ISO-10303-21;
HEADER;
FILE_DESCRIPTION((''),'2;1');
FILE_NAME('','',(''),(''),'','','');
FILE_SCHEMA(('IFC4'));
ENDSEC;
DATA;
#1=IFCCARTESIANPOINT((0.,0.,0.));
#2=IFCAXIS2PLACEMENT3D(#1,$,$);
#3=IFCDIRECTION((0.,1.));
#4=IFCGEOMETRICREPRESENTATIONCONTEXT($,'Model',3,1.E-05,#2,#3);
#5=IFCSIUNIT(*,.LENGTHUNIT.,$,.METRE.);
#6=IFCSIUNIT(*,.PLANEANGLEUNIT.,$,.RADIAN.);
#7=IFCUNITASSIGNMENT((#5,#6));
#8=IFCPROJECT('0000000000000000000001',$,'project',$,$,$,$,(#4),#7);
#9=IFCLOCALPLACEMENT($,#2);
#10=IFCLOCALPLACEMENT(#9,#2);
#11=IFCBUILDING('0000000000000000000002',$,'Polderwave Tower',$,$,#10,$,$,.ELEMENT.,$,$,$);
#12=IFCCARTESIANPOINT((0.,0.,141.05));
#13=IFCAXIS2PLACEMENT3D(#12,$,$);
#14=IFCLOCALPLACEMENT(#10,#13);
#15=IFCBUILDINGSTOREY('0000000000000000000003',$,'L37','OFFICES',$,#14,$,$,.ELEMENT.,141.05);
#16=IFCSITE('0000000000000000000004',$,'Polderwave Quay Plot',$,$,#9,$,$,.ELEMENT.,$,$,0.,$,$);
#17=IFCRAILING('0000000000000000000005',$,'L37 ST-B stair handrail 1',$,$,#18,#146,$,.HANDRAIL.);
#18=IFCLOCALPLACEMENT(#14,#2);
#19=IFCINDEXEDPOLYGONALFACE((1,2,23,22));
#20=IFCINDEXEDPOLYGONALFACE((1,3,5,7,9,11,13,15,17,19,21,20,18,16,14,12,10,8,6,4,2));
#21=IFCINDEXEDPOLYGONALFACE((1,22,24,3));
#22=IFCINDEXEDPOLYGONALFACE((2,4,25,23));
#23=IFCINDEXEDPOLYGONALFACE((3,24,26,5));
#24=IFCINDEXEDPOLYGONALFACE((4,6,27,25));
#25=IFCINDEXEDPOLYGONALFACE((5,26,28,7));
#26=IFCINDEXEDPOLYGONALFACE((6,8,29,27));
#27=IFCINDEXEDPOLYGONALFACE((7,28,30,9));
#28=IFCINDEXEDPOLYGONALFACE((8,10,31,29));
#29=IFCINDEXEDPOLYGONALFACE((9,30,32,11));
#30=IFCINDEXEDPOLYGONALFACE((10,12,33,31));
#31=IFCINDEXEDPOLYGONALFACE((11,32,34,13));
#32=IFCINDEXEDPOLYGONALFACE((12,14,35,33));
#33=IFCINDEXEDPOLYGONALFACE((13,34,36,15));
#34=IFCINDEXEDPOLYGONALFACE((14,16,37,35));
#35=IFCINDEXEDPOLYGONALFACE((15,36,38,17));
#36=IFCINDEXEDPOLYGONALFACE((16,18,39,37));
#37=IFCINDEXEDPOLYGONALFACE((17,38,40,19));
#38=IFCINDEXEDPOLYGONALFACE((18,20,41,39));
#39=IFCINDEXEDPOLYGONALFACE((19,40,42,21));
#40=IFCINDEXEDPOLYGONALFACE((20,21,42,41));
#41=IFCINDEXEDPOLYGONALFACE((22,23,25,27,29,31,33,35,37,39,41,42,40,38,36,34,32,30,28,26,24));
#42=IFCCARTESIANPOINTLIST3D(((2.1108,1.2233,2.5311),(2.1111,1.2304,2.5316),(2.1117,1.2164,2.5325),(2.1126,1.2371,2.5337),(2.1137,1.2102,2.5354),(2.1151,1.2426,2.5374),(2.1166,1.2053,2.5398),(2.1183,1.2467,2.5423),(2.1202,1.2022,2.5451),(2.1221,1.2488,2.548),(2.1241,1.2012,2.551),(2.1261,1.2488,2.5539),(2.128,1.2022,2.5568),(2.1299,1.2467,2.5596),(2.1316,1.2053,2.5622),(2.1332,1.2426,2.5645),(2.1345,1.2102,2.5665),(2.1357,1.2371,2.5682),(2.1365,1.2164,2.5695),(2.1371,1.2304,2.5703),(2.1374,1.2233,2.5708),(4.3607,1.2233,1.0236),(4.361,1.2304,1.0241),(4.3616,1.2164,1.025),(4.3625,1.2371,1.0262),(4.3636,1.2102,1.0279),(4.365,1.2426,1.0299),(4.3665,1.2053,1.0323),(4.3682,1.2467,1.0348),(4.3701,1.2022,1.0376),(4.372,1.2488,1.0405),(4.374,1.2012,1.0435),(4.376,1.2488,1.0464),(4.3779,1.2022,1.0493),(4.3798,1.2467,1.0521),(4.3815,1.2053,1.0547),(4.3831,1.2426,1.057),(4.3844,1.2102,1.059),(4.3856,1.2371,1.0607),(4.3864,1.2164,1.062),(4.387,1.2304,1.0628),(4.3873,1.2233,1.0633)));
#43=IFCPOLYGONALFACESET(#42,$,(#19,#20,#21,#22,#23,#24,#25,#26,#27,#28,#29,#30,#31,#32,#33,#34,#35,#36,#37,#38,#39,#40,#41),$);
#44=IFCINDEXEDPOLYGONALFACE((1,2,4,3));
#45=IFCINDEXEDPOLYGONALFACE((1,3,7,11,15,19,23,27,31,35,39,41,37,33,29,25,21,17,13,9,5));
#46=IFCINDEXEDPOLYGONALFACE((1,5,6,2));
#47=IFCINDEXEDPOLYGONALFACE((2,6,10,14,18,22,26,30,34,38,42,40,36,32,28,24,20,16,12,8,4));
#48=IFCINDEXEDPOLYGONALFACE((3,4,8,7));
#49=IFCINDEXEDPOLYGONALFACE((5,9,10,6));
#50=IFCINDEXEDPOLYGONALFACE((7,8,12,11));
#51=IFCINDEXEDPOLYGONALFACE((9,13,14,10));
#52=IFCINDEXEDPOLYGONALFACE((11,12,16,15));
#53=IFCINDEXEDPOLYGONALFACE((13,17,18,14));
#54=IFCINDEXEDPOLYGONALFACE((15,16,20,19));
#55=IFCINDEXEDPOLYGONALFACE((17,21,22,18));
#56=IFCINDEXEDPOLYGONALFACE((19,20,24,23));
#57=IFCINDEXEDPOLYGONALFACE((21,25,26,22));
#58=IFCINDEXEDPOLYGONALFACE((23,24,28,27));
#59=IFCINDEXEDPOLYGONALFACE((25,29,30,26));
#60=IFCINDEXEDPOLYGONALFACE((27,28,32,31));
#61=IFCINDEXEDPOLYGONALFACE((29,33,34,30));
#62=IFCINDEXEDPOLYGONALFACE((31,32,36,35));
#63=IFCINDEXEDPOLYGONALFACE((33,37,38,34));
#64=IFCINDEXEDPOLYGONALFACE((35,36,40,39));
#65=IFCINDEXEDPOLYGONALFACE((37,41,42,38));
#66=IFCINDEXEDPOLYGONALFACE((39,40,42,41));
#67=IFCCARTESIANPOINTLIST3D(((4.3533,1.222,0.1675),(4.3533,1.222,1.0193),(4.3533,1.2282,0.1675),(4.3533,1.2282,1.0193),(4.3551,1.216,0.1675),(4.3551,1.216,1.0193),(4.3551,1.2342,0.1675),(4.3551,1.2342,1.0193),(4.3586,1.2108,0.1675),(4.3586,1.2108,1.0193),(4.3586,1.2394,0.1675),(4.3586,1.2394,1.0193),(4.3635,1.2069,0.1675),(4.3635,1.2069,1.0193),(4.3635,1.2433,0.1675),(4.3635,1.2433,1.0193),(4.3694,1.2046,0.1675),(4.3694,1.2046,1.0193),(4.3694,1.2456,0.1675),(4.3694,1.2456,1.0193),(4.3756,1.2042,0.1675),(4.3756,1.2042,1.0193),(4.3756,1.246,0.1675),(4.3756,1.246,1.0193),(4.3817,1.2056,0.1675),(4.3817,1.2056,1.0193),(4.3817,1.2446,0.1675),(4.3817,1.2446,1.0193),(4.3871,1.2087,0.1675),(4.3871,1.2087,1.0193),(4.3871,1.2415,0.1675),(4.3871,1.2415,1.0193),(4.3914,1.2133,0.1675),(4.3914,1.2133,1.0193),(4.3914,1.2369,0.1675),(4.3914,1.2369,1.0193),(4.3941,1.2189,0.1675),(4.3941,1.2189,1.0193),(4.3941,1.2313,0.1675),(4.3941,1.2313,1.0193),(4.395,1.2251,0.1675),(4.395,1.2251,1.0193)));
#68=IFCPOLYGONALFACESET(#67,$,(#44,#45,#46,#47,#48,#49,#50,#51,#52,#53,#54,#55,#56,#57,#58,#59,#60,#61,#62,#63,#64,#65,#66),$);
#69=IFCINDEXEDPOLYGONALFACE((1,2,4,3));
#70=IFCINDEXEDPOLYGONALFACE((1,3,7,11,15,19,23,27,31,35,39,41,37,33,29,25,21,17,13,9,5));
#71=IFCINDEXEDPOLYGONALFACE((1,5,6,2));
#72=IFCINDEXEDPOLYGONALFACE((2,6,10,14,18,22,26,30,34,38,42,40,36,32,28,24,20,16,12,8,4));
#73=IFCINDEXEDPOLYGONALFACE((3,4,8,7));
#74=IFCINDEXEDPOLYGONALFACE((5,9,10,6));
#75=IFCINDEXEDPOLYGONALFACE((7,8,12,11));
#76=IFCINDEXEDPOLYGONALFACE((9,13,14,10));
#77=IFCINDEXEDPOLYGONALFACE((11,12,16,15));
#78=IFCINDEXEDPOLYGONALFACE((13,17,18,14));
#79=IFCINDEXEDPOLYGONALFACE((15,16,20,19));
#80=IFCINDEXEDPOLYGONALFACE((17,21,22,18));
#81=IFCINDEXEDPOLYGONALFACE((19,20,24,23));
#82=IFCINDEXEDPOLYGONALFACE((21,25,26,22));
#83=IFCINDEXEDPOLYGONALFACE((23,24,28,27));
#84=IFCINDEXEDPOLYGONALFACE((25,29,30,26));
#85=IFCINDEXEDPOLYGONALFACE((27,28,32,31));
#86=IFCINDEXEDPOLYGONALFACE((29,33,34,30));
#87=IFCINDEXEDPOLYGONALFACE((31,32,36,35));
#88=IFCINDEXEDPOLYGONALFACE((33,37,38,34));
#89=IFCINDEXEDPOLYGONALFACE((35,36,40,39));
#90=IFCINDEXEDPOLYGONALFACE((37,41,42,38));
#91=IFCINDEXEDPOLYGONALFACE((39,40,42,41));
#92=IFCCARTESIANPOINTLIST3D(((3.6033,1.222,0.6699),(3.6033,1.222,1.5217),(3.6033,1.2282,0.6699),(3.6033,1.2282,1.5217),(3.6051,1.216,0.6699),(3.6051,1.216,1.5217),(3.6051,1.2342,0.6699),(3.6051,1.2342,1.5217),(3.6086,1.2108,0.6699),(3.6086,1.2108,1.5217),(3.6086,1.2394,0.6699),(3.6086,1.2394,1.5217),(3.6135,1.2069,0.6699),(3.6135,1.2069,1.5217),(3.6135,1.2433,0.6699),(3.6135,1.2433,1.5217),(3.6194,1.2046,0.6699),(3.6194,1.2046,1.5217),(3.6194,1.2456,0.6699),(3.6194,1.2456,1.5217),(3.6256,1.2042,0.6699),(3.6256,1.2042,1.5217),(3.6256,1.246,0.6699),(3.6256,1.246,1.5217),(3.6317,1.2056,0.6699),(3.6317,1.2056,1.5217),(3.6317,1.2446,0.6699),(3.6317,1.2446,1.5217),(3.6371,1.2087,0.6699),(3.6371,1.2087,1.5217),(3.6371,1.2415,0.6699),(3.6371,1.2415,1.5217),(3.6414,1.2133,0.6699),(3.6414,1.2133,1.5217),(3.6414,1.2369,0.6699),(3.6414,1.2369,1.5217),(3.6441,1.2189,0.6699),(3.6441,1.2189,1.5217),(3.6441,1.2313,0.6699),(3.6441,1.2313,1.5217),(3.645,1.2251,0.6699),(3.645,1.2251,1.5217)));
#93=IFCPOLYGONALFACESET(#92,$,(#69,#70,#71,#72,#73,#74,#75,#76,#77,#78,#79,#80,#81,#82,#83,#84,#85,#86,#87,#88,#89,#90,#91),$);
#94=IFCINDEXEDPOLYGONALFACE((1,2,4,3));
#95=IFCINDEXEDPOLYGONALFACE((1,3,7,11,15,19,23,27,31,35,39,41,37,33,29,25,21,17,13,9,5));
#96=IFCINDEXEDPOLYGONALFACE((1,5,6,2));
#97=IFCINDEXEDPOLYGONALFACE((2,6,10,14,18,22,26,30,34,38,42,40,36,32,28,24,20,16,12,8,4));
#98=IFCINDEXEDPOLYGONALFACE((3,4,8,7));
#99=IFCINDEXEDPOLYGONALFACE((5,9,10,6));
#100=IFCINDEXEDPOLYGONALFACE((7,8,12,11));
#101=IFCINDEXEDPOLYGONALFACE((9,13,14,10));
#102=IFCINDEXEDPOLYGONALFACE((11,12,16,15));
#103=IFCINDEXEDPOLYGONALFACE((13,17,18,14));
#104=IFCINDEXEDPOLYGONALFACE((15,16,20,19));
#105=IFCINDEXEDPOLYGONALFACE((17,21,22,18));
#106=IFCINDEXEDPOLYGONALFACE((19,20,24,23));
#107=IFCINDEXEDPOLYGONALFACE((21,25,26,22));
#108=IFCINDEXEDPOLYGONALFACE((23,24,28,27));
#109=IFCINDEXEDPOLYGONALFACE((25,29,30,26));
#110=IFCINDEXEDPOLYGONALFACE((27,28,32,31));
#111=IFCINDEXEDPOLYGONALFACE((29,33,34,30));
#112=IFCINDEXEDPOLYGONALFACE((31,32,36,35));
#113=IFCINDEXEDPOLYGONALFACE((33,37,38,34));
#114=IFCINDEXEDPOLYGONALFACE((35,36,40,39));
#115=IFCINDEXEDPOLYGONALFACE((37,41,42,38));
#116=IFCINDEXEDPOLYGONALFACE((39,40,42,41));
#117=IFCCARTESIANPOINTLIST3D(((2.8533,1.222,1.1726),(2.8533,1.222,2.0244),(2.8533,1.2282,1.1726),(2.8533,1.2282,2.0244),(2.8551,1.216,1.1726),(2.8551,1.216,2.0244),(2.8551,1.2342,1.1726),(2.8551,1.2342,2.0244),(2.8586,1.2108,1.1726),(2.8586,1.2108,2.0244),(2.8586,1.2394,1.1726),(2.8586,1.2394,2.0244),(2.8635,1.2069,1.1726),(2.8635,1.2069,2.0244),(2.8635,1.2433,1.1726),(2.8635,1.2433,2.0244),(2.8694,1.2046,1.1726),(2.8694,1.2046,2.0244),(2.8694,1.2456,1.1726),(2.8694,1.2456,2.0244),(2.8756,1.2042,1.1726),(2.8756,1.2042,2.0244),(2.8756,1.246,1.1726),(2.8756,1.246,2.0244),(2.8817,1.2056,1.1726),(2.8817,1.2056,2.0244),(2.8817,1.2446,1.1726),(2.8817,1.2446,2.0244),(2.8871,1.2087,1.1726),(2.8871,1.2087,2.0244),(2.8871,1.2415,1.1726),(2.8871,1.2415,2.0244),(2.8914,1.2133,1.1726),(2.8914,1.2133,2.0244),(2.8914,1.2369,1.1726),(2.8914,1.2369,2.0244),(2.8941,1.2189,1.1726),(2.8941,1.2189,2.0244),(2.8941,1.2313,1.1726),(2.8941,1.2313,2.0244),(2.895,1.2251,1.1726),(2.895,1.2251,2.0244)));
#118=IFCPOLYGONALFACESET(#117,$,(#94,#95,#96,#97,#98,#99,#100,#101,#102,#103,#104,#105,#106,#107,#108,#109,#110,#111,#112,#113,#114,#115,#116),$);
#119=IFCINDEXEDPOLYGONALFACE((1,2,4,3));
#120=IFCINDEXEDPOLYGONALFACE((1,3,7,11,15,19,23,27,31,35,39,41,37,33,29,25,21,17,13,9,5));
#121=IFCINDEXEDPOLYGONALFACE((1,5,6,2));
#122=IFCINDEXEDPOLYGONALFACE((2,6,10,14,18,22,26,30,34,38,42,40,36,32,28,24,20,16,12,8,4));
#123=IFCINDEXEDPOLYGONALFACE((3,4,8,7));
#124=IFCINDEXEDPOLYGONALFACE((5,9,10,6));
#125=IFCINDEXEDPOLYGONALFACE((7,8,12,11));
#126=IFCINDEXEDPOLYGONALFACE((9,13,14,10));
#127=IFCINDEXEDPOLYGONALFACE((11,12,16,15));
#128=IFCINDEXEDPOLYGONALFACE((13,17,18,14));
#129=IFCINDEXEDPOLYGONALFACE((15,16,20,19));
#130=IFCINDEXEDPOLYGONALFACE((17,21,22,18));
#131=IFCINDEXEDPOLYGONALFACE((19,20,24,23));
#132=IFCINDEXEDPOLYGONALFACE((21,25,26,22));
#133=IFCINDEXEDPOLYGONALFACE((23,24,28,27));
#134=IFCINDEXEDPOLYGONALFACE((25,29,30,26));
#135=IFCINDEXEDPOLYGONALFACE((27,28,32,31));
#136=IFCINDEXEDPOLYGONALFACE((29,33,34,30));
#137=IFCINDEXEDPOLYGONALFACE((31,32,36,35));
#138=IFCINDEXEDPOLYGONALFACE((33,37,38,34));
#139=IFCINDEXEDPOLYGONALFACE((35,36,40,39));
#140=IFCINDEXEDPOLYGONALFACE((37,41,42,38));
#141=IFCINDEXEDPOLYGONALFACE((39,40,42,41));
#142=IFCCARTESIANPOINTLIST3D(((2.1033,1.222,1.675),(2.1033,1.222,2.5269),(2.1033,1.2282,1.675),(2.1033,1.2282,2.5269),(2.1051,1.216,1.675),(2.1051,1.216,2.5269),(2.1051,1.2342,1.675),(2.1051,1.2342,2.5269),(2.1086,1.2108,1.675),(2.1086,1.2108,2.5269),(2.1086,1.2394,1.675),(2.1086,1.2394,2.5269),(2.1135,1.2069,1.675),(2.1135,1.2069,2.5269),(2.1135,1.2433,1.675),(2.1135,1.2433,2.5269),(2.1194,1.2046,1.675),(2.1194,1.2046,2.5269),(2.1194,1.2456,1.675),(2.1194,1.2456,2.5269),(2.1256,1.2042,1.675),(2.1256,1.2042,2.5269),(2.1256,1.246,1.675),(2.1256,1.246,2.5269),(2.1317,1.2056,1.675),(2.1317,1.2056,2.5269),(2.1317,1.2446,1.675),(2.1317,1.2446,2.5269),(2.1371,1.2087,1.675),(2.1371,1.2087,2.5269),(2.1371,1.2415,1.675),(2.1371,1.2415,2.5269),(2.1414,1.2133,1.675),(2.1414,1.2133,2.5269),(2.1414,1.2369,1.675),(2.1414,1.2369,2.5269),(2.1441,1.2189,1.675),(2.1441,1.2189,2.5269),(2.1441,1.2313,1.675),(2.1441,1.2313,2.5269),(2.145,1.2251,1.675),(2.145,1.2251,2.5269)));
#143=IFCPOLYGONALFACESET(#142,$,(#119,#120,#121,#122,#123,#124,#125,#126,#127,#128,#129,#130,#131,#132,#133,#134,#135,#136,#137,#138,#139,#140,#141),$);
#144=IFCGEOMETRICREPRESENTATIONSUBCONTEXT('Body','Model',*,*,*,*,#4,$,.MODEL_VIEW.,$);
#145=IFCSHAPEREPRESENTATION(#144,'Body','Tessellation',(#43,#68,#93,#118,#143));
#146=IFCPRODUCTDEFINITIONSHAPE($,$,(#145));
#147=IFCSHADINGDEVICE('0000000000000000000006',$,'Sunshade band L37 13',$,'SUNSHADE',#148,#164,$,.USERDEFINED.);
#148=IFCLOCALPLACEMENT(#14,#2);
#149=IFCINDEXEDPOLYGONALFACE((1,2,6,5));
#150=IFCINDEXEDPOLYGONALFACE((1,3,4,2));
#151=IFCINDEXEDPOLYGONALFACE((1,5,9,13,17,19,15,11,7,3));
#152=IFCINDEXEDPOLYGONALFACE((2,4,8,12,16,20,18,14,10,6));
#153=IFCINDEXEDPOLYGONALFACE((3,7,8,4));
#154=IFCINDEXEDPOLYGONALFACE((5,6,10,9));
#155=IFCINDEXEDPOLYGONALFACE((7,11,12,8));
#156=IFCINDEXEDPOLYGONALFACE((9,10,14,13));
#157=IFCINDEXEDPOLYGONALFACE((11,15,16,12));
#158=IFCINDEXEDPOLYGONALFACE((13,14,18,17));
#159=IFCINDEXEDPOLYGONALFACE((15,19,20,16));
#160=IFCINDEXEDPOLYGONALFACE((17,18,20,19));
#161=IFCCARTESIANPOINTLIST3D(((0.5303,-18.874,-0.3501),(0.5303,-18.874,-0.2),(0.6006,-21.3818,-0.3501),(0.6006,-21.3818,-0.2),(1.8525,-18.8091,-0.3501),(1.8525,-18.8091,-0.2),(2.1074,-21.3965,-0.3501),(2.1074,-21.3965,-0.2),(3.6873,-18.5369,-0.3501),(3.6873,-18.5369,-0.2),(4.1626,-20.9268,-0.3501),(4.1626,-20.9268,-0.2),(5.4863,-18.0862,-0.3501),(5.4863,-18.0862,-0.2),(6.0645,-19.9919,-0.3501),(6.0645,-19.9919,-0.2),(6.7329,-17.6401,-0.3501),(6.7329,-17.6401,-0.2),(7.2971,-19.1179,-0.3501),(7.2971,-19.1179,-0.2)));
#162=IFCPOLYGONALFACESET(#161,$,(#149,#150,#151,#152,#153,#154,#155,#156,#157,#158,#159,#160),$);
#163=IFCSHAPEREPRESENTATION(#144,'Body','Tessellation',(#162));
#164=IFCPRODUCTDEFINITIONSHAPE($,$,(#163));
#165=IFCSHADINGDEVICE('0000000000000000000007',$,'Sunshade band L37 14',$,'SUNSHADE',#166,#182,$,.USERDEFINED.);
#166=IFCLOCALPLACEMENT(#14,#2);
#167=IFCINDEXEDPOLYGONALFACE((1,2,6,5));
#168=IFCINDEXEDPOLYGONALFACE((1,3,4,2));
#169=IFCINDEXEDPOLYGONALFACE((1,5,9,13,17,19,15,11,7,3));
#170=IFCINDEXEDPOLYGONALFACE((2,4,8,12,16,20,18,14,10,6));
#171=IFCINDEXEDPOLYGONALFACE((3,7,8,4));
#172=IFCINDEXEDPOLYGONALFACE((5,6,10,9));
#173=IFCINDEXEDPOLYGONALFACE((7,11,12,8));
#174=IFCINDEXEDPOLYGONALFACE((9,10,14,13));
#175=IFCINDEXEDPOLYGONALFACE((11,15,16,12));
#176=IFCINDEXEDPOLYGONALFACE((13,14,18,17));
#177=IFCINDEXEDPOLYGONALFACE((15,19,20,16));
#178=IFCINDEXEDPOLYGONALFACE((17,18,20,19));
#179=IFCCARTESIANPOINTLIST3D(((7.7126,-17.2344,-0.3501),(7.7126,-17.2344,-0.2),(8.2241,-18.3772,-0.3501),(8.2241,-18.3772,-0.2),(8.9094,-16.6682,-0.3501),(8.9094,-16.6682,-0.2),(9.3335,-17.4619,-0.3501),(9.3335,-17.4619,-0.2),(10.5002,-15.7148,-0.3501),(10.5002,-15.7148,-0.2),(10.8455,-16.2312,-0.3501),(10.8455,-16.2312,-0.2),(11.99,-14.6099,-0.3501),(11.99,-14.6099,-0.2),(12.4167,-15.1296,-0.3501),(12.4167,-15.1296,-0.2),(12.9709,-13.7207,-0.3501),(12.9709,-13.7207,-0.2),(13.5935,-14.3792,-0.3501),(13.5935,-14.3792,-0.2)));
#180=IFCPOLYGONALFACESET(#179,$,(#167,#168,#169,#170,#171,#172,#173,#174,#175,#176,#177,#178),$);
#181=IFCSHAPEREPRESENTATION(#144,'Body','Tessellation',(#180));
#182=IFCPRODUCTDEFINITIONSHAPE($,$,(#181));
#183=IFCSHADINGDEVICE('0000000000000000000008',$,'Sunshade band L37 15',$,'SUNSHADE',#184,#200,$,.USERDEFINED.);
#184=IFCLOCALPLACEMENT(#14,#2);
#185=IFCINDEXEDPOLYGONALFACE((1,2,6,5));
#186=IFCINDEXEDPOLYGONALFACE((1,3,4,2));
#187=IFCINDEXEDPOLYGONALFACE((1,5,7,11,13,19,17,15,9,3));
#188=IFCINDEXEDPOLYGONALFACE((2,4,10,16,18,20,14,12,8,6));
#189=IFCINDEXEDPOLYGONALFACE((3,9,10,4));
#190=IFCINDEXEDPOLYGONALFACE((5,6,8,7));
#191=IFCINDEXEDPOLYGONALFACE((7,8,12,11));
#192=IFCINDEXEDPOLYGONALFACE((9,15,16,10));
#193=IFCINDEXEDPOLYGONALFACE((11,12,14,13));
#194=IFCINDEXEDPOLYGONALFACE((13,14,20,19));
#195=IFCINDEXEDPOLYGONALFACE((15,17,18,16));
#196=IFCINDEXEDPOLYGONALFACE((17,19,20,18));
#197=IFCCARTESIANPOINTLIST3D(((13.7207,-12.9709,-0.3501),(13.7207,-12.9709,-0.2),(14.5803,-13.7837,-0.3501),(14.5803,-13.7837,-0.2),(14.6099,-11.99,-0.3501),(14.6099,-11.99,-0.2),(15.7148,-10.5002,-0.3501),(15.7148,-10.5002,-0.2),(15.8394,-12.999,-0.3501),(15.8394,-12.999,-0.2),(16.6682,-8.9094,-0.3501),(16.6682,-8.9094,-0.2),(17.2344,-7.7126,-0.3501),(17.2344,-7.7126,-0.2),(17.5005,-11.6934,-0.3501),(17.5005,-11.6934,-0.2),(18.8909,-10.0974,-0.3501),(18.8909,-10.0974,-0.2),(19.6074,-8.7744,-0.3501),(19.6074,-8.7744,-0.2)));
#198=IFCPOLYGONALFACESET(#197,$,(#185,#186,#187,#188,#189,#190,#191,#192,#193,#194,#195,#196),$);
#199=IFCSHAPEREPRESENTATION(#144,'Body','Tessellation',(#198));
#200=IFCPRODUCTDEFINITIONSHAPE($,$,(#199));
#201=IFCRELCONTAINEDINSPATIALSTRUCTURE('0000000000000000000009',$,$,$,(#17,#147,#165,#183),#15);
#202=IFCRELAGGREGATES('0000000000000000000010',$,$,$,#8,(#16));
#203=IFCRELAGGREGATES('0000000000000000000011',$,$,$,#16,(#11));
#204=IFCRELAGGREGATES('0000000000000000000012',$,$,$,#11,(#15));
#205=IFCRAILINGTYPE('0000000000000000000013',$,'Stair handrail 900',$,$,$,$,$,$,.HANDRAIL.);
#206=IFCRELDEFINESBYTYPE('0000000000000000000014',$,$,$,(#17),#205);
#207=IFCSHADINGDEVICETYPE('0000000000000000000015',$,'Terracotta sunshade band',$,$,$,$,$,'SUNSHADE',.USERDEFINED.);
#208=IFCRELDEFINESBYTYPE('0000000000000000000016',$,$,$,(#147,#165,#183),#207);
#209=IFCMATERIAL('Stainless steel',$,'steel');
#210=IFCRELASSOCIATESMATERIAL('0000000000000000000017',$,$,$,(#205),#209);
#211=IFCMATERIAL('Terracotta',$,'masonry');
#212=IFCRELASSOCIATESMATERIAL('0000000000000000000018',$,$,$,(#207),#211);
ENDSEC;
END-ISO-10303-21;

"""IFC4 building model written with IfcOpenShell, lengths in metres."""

from ifc_helpers import new_model, si_unit, direction, frame, origin, origin_2d, place, context, subcontext, project, spatial, polyline, circle, outline, extrude, material, type_object, element, save


model = new_model("IFC4")

# Units and contexts
model_context = context("Model", 3, precision=1e-05, world=origin(), true_north=direction((0.0, 1.0)))
body_context = subcontext(model_context, "Body", "Model", "MODEL_VIEW")
ifc_project = project(units=[si_unit("LENGTHUNIT", "METRE"), si_unit("PLANEANGLEUNIT", "RADIAN")], contexts=[model_context])

# Site, building, storey
site_placement = place(None, origin())
site = spatial("IfcSite", under=ifc_project, at=site_placement, Name="Polderwave Quay Plot", CompositionType="ELEMENT", RefElevation=0.0)
building_placement = place(site_placement, origin())
building = spatial("IfcBuilding", under=site, at=building_placement, Name="Polderwave Tower", CompositionType="ELEMENT")
storey_placement = place(building_placement, frame((0.0, 0.0, 141.05)))
storey = spatial("IfcBuildingStorey", under=building, at=storey_placement, Name="L37", Description="OFFICES", CompositionType="ELEMENT", Elevation=141.05)

# Shared definitions
ifc_material_1 = material(Name="Stainless steel", Category="steel")

# Railing
railing_type_1 = type_object("IfcRailingType", Name="Stair handrail 900", PredefinedType="HANDRAIL", material=ifc_material_1)
railing_1_placement = place(storey_placement, frame((4.374, 1.2251, 0.1675)))
element("IfcRailing", 1, at=railing_1_placement, inside=storey, type_object=railing_type_1, Name="L37 ST-B stair handrail 1", PredefinedType="HANDRAIL", context=body_context, shape_type="SweptSolid", body=[
    extrude(circle(Radius=0.0239, at=origin_2d()), frame((0.0, 0.0, 0.876), z_axis=(-0.830758, 0.0, 0.556633), x_axis=(0.0, -1.0, 0.0)), (0.0, 0.0, 1.0), 2.7083),
    extrude(circle(Radius=0.021, at=origin_2d()), origin(), (0.0, 0.0, 1.0), 0.8518),
    extrude(circle(Radius=0.021, at=origin_2d()), frame((-0.75, 0.0, 0.5024)), (0.0, 0.0, 1.0), 0.8518),
    extrude(circle(Radius=0.021, at=origin_2d()), frame((-1.5, 0.0, 1.0051)), (0.0, 0.0, 1.0), 0.8518),
    extrude(circle(Radius=0.021, at=origin_2d()), frame((-2.25, 0.0, 1.5076)), (0.0, 0.0, 1.0), 0.8518),
])

# Shading devices
ifc_material_2 = material(Name="Terracotta", Category="masonry")
shading_device_type = type_object("IfcShadingDeviceType", Name="Terracotta sunshade band", ElementType="SUNSHADE", PredefinedType="USERDEFINED", material=ifc_material_2)
shading_device_1_placement = place(storey_placement, frame((0.0, 0.0, -0.3501)))
element("IfcShadingDevice", 2, at=shading_device_1_placement, inside=storey, type_object=shading_device_type, Name="Sunshade band L37 13", ObjectType="SUNSHADE", PredefinedType="USERDEFINED", context=body_context, shape_type="SweptSolid", body=[
    extrude(outline(polyline([(0.5303, -18.874), (1.8525, -18.8091), (3.6873, -18.5369), (5.4863, -18.0862), (6.7329, -17.6401), (7.2971, -19.1179), (6.0645, -19.9919), (4.1626, -20.9268), (2.1074, -21.3965), (0.6006, -21.3818), (0.5303, -18.874)])), origin(), (0.0, 0.0, 1.0), 0.1501),
])
shading_device_2_placement = place(storey_placement, frame((0.0, 0.0, -0.3501)))
element("IfcShadingDevice", 3, at=shading_device_2_placement, inside=storey, type_object=shading_device_type, Name="Sunshade band L37 14", ObjectType="SUNSHADE", PredefinedType="USERDEFINED", context=body_context, shape_type="SweptSolid", body=[
    extrude(outline(polyline([(7.7126, -17.2344), (8.9094, -16.6682), (10.5002, -15.7148), (11.99, -14.6099), (12.9709, -13.7207), (13.5935, -14.3792), (12.4167, -15.1296), (10.8455, -16.2312), (9.3335, -17.4619), (8.2241, -18.3772), (7.7126, -17.2344)])), origin(), (0.0, 0.0, 1.0), 0.1501),
])
shading_device_3_placement = place(storey_placement, frame((0.0, 0.0, -0.3501)))
element("IfcShadingDevice", 4, at=shading_device_3_placement, inside=storey, type_object=shading_device_type, Name="Sunshade band L37 15", ObjectType="SUNSHADE", PredefinedType="USERDEFINED", context=body_context, shape_type="SweptSolid", body=[
    extrude(outline(polyline([(13.7207, -12.9709), (14.6099, -11.99), (15.7148, -10.5002), (16.6682, -8.9094), (17.2344, -7.7126), (19.6074, -8.7744), (18.8909, -10.0974), (17.5005, -11.6934), (15.8394, -12.999), (14.5803, -13.7837), (13.7207, -12.9709)])), origin(), (0.0, 0.0, 1.0), 0.1501),
])

save(model, "model.ifc")
